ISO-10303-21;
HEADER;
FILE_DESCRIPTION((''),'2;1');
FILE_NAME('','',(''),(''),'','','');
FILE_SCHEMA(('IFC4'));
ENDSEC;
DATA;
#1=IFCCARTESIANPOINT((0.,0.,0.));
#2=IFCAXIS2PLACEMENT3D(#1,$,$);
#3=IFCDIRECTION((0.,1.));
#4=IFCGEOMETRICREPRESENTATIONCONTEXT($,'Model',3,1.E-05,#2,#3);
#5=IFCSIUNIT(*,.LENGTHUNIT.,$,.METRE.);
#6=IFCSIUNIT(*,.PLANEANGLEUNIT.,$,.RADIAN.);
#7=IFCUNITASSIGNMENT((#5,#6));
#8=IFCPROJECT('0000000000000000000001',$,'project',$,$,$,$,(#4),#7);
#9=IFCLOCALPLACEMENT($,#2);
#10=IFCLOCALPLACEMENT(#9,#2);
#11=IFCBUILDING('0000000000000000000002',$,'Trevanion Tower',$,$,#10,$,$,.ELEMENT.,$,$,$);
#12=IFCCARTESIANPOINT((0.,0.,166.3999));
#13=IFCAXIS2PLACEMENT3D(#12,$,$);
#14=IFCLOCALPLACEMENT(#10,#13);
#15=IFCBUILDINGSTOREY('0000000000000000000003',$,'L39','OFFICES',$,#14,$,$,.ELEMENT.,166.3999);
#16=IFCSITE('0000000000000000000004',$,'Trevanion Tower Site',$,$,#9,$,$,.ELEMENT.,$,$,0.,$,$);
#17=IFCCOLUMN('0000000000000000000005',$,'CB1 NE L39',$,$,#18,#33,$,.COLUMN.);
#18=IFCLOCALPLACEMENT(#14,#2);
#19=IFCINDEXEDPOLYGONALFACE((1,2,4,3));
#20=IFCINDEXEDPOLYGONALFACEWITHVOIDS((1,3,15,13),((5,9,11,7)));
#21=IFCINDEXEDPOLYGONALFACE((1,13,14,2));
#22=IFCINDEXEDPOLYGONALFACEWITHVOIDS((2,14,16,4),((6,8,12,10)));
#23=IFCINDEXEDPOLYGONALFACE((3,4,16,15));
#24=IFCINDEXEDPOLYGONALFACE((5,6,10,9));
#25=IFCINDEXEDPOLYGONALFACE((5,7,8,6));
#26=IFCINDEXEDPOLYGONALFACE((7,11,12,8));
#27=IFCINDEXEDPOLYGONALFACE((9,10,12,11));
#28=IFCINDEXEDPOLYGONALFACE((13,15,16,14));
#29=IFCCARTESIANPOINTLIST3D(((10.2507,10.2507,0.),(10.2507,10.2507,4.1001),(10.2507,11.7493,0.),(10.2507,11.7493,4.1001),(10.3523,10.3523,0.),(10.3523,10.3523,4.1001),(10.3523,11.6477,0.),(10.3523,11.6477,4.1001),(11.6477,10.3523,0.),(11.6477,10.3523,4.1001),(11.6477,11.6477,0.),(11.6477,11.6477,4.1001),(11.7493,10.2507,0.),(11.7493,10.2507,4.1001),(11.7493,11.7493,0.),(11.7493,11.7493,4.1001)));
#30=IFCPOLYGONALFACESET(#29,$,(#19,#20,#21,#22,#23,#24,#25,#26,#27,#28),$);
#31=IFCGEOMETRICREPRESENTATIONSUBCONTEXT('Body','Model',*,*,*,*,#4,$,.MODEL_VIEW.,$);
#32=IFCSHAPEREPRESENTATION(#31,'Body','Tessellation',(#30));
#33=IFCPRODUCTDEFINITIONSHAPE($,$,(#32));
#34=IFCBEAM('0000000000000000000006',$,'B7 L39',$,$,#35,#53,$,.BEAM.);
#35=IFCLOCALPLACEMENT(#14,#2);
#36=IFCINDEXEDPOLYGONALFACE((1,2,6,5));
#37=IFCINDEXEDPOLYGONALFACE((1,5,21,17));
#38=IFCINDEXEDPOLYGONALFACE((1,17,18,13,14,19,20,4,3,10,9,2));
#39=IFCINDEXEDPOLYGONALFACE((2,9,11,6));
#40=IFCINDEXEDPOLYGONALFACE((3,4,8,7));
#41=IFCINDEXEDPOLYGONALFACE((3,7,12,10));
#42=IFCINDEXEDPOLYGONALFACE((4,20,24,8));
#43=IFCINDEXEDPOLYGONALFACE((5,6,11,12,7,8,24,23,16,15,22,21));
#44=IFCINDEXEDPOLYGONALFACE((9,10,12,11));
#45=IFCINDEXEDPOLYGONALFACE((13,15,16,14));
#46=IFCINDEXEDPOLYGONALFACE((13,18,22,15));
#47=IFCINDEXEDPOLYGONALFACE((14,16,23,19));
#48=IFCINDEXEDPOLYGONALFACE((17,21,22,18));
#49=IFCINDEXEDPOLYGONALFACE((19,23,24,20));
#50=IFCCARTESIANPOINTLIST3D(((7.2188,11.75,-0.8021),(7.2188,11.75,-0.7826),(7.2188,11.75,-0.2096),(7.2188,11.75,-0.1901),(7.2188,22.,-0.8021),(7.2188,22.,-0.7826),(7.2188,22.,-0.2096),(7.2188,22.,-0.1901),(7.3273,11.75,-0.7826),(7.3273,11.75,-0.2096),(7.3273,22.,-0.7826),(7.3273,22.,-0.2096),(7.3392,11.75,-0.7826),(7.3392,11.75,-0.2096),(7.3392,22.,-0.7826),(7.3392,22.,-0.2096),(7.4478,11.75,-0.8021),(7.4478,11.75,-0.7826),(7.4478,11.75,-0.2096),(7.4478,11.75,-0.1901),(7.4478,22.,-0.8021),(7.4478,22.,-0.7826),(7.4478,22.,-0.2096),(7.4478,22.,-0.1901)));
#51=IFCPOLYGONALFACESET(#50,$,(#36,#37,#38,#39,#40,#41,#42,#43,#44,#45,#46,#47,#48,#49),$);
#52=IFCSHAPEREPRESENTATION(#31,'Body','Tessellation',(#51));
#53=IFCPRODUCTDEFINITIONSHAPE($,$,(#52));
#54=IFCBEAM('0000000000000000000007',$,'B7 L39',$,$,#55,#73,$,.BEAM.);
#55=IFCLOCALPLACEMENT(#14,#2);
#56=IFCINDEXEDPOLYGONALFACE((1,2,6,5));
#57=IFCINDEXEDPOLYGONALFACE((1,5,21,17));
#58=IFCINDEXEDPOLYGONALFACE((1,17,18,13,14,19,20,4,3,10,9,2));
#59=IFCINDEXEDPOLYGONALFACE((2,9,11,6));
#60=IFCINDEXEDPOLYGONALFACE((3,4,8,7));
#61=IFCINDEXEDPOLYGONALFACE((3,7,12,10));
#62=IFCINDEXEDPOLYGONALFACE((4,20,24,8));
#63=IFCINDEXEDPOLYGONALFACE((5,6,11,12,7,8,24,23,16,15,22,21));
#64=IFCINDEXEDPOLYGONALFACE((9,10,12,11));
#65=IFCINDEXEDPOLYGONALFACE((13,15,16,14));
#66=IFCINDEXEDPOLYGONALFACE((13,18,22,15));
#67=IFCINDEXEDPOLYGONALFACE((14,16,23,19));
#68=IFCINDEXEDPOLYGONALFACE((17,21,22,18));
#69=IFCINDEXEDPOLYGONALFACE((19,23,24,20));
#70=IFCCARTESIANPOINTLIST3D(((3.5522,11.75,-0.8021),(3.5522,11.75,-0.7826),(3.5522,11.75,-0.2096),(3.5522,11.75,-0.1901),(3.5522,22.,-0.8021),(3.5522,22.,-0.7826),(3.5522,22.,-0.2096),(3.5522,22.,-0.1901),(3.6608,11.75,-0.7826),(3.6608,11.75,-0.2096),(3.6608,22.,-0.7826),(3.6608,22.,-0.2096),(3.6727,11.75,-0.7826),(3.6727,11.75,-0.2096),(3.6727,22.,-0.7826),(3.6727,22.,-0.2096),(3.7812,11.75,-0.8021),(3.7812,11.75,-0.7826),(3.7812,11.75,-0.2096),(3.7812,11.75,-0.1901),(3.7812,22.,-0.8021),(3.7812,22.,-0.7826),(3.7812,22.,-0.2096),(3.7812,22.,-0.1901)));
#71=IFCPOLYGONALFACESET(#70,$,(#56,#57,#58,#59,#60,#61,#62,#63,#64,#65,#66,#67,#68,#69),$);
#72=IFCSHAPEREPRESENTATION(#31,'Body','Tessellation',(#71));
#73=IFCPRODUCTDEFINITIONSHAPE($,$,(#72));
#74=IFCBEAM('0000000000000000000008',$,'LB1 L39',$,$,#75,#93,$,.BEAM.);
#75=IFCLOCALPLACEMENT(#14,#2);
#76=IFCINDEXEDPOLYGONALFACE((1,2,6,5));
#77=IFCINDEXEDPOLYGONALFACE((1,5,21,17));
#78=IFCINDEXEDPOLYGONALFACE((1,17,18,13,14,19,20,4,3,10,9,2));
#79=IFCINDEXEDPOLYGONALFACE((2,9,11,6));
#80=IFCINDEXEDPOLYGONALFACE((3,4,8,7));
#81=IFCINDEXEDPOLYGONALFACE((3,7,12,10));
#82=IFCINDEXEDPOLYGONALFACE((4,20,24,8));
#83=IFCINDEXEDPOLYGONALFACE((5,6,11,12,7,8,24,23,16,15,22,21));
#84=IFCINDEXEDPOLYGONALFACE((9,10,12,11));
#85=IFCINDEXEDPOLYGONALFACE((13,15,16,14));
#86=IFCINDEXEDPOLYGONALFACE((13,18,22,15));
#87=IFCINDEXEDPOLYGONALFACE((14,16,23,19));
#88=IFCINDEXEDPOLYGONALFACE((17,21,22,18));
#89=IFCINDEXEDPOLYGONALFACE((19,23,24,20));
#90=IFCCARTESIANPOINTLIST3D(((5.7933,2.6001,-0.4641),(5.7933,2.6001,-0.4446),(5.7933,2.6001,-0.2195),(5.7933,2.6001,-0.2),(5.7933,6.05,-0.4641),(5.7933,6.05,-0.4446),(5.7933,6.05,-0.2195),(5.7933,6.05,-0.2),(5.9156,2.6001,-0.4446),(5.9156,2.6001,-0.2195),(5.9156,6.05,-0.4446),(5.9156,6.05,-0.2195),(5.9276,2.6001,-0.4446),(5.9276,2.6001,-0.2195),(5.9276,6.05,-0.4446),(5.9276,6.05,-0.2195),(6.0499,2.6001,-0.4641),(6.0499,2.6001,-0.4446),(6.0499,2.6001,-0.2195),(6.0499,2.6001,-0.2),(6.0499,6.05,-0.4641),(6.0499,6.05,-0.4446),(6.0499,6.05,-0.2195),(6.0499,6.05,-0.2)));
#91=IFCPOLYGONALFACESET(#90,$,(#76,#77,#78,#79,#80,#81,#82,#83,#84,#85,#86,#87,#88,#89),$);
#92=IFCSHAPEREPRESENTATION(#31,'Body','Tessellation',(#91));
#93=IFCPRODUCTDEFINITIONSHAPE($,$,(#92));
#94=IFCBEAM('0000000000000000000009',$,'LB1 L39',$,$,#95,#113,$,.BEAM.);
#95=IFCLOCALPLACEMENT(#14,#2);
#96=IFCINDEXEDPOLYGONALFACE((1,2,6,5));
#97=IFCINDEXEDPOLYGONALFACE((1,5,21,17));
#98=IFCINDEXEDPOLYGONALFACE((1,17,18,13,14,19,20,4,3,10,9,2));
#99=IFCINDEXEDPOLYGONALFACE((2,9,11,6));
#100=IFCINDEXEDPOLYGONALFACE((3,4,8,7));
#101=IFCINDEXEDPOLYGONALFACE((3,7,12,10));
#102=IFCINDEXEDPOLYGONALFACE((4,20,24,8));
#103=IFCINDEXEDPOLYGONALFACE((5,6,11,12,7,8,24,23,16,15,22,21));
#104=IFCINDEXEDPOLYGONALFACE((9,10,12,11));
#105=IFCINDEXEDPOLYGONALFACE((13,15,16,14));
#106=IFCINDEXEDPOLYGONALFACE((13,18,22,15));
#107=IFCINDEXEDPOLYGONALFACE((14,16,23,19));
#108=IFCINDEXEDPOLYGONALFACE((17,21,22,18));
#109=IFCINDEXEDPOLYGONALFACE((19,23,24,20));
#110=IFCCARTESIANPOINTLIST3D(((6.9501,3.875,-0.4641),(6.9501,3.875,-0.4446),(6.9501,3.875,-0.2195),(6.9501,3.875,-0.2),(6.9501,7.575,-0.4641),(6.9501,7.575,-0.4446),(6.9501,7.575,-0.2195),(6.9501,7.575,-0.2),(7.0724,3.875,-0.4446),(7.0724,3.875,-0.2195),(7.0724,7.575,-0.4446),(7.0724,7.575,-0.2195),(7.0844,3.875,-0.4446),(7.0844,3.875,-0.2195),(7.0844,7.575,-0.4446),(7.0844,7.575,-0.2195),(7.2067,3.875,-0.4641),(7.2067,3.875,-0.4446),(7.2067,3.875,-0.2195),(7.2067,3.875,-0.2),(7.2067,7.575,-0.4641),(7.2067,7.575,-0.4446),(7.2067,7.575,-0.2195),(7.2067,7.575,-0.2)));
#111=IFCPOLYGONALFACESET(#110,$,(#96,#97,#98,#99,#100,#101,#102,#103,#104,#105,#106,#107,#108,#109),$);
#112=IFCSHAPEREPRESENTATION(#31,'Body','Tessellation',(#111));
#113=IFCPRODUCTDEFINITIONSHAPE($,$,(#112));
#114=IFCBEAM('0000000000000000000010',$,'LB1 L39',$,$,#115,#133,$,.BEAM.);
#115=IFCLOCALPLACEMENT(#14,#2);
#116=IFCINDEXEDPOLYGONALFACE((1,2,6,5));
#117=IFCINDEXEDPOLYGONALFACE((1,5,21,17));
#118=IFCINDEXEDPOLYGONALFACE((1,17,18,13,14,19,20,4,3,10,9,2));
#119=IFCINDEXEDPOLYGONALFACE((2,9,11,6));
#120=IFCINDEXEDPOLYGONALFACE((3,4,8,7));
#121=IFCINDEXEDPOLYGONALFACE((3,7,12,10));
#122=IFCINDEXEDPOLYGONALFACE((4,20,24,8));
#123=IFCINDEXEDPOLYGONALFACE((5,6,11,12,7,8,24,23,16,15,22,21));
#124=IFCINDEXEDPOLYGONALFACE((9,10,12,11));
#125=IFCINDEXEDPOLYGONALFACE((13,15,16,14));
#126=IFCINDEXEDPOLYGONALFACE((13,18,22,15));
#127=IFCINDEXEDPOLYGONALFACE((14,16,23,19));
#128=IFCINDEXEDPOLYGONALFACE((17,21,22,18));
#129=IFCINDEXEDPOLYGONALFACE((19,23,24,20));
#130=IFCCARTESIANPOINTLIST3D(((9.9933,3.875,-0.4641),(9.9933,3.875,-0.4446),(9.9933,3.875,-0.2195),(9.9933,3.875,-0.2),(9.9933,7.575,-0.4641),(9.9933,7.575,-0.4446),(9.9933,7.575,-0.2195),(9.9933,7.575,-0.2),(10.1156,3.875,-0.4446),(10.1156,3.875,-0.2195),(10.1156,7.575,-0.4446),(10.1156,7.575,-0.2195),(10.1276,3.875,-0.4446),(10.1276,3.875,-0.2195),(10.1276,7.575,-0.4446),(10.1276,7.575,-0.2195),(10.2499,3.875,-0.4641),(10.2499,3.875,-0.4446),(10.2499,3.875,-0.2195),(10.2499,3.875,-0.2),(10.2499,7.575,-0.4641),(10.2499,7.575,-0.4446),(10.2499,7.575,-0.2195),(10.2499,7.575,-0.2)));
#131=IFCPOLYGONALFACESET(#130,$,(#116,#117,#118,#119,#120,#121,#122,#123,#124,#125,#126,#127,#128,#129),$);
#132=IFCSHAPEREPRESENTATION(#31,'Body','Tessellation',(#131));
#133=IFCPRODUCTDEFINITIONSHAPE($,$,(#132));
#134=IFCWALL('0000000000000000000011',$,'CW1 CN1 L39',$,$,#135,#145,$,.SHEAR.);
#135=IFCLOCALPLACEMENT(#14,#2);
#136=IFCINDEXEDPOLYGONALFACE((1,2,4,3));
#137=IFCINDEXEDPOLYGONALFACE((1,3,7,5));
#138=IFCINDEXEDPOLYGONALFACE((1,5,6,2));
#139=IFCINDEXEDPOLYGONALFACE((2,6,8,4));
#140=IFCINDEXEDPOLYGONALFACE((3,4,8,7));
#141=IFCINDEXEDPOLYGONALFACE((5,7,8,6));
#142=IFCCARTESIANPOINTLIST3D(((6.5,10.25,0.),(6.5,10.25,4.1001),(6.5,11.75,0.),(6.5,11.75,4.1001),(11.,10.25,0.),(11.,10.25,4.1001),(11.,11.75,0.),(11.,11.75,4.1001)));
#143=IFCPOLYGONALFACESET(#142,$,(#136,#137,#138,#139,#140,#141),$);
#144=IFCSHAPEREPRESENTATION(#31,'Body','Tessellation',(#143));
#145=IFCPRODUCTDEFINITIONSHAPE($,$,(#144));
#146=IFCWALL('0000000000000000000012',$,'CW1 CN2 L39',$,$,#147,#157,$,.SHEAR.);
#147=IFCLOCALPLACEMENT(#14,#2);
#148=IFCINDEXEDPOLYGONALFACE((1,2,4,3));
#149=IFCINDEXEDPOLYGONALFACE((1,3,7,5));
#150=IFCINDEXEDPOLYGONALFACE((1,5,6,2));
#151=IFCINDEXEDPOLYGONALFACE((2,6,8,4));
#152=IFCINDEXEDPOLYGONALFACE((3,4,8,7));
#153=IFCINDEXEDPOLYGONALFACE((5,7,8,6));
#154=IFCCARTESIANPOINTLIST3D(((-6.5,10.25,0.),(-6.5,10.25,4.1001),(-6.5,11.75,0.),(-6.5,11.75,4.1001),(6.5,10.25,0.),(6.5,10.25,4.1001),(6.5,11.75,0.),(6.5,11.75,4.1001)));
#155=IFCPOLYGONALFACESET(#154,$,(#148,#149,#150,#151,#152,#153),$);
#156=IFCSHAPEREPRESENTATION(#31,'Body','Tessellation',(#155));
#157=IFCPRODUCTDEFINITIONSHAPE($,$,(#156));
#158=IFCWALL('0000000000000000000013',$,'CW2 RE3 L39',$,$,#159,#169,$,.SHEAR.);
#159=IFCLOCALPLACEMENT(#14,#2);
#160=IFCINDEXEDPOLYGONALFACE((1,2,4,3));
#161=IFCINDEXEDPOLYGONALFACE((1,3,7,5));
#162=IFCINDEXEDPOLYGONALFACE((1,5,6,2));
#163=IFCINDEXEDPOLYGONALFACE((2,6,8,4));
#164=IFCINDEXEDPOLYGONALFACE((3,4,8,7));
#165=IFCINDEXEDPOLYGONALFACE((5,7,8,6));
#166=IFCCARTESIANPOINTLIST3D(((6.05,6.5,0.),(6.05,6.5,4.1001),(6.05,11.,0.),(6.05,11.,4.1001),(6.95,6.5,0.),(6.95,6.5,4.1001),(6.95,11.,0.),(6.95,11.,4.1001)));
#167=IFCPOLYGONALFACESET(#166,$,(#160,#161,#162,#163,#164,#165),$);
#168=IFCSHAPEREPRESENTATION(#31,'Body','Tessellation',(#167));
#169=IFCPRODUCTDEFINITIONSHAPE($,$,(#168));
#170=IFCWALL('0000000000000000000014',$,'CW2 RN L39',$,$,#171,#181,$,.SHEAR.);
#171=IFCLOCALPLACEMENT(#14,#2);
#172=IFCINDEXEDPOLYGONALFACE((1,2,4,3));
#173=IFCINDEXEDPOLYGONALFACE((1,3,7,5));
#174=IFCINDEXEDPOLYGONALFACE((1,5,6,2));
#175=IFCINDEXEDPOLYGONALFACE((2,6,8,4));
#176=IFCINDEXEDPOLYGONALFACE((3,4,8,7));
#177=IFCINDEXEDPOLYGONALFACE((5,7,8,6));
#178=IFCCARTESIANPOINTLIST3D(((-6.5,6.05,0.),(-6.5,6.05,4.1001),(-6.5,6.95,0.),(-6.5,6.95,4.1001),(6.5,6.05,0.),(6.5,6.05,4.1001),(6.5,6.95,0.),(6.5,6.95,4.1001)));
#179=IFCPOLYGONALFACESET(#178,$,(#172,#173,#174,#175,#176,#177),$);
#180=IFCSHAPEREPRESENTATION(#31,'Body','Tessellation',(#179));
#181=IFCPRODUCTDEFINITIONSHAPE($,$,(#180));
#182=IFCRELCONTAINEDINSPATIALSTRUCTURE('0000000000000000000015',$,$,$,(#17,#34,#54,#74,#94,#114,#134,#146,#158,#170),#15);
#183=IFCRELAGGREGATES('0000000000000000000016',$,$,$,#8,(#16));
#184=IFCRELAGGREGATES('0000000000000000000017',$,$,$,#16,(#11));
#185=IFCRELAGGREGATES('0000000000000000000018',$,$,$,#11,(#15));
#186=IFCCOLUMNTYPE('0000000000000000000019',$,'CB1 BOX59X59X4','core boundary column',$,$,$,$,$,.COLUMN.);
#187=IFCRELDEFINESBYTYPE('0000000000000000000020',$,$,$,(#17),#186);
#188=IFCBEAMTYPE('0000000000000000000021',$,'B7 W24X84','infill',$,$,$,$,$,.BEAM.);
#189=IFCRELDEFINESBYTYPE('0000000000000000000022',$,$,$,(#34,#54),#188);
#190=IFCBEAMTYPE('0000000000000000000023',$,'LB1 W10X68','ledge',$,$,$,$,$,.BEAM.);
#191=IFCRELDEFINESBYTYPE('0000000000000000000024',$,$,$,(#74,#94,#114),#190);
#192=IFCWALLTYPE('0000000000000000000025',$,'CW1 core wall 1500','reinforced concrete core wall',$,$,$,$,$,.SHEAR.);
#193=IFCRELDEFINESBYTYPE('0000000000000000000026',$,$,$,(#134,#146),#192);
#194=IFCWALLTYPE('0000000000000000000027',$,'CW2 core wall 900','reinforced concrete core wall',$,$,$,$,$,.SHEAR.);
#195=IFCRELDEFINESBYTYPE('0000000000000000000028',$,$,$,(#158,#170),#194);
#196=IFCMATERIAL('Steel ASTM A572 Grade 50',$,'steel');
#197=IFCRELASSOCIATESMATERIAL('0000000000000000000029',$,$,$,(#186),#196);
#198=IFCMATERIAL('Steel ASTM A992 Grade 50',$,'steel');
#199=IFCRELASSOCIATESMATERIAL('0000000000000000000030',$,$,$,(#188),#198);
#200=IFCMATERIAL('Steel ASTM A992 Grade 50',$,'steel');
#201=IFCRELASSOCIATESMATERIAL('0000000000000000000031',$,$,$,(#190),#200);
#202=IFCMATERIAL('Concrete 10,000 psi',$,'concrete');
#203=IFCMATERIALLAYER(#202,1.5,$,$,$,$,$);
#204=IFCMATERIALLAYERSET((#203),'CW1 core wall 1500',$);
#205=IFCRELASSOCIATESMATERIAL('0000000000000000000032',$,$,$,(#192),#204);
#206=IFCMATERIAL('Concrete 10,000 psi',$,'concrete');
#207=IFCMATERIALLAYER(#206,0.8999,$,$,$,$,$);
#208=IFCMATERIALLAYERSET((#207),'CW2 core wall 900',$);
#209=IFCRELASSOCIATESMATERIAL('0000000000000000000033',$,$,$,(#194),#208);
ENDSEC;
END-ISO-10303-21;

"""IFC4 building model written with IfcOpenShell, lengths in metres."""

from ifc_helpers import new_model, si_unit, direction, frame, frame_2d, origin, origin_2d, place, context, subcontext, project, spatial, rectangle, hollow_rectangle, i_section, extrude, material, layer, layer_set, material_profile, profile_set, type_object, element, save


model = new_model("IFC4")

# Units and contexts
model_context = context("Model", 3, precision=1e-05, world=origin(), true_north=direction((0.0, 1.0)))
body_context = subcontext(model_context, "Body", "Model", "MODEL_VIEW")
ifc_project = project(units=[si_unit("LENGTHUNIT", "METRE"), si_unit("PLANEANGLEUNIT", "RADIAN")], contexts=[model_context])

# Site, building, storey
site_placement = place(None, origin())
site = spatial("IfcSite", under=ifc_project, at=site_placement, Name="Trevanion Tower Site", CompositionType="ELEMENT", RefElevation=0.0)
building_placement = place(site_placement, origin())
building = spatial("IfcBuilding", under=site, at=building_placement, Name="Trevanion Tower", CompositionType="ELEMENT")
storey_placement = place(building_placement, frame((0.0, 0.0, 166.3999)))
storey = spatial("IfcBuildingStorey", under=building, at=storey_placement, Name="L39", Description="OFFICES", CompositionType="ELEMENT", Elevation=166.3999)

# Column
ifc_material_1 = material(Name="Steel ASTM A572 Grade 50", Category="steel")
ifc_material_profile_1 = material_profile(ifc_material_1, hollow_rectangle(XDim=1.4985, YDim=1.4985, WallThickness=0.1016, at=origin_2d()), Name="BOX59X59X4")
ifc_profile_set_1 = profile_set([ifc_material_profile_1], Name="Steel ASTM A572 Grade 50")
column_type = type_object("IfcColumnType", Name="CB1 BOX59X59X4", Description="core boundary column", PredefinedType="COLUMN", material=ifc_profile_set_1)
column_placement = place(storey_placement, frame((11.0, 11.0, 0.0), z_axis=(0.0, 0.0, 1.0), x_axis=(1.0, 0.0, 0.0)))
element("IfcColumn", 1, at=column_placement, inside=storey, type_object=column_type, Name="CB1 NE L39", PredefinedType="COLUMN", context=body_context, shape_type="SweptSolid", body=[
    extrude(hollow_rectangle(XDim=1.4985, YDim=1.4985, WallThickness=0.1016, at=origin_2d()), origin(), (0.0, 0.0, 1.0), 4.1001),
])

# Beams
ifc_material_2 = material(Name="Steel ASTM A992 Grade 50", Category="steel")
ifc_material_profile_2 = material_profile(ifc_material_2, i_section(OverallWidth=0.229, OverallDepth=0.6121, WebThickness=0.012, FlangeThickness=0.0195, at=origin_2d()), Name="W24X84")
ifc_profile_set_2 = profile_set([ifc_material_profile_2], Name="Steel ASTM A992 Grade 50")
beam_type_1 = type_object("IfcBeamType", Name="B7 W24X84", Description="infill", PredefinedType="BEAM", material=ifc_profile_set_2)
for number, where, z_axis, x_axis, name in (
    (2, (7.3333, 11.75, -0.4961), (0.0, 1.0, 0.0), (-1.0, 0.0, 0.0), "B7 L39"),
    (3, (3.6667, 11.75, -0.4961), (0.0, 1.0, 0.0), (-1.0, 0.0, 0.0), "B7 L39"),
):
    element("IfcBeam", number, at=place(storey_placement, frame(where, z_axis=z_axis, x_axis=x_axis)), inside=storey, type_object=beam_type_1, Name=name, PredefinedType="BEAM", context=body_context, shape_type="SweptSolid", body=[
        extrude(i_section(OverallWidth=0.229, OverallDepth=0.6121, WebThickness=0.012, FlangeThickness=0.0195, at=origin_2d()), origin(), (0.0, 0.0, 1.0), 10.25),
    ])
ifc_material_3 = material(Name="Steel ASTM A992 Grade 50", Category="steel")
ifc_material_profile_3 = material_profile(ifc_material_3, i_section(OverallWidth=0.2566, OverallDepth=0.2642, WebThickness=0.012, FlangeThickness=0.0195, at=origin_2d()), Name="W10X68")
ifc_profile_set_3 = profile_set([ifc_material_profile_3], Name="Steel ASTM A992 Grade 50")
beam_type_2 = type_object("IfcBeamType", Name="LB1 W10X68", Description="ledge", PredefinedType="BEAM", material=ifc_profile_set_3)
beam_placement = place(storey_placement, frame((5.9216, 2.6001, -0.332), z_axis=(0.0, 1.0, 0.0), x_axis=(-1.0, 0.0, 0.0)))
element("IfcBeam", 4, at=beam_placement, inside=storey, type_object=beam_type_2, Name="LB1 L39", PredefinedType="BEAM", context=body_context, shape_type="SweptSolid", body=[
    extrude(i_section(OverallWidth=0.2566, OverallDepth=0.2642, WebThickness=0.012, FlangeThickness=0.0195, at=origin_2d()), origin(), (0.0, 0.0, 1.0), 3.45),
])
for number, where, z_axis, x_axis, name in (
    (5, (7.0784, 3.875, -0.332), (0.0, 1.0, 0.0), (-1.0, 0.0, 0.0), "LB1 L39"),
    (6, (10.1216, 3.875, -0.332), (0.0, 1.0, 0.0), (-1.0, 0.0, 0.0), "LB1 L39"),
):
    element("IfcBeam", number, at=place(storey_placement, frame(where, z_axis=z_axis, x_axis=x_axis)), inside=storey, type_object=beam_type_2, Name=name, PredefinedType="BEAM", context=body_context, shape_type="SweptSolid", body=[
        extrude(i_section(OverallWidth=0.2566, OverallDepth=0.2642, WebThickness=0.012, FlangeThickness=0.0195, at=origin_2d()), origin(), (0.0, 0.0, 1.0), 3.7),
    ])

# Walls
ifc_material_4 = material(Name="Concrete 10,000 psi", Category="concrete")
ifc_layer_1 = layer(ifc_material_4, 1.5)
ifc_layer_set_1 = layer_set([ifc_layer_1], Name="CW1 core wall 1500")
wall_type_1 = type_object("IfcWallType", Name="CW1 core wall 1500", Description="reinforced concrete core wall", PredefinedType="SHEAR", material=ifc_layer_set_1)
wall_1_placement = place(storey_placement, frame((11.0, 11.0, 0.0), z_axis=(0.0, 0.0, 1.0), x_axis=(-1.0, 0.0, 0.0)))
element("IfcWall", 7, at=wall_1_placement, inside=storey, type_object=wall_type_1, Name="CW1 CN1 L39", PredefinedType="SHEAR", context=body_context, shape_type="SweptSolid", body=[
    extrude(rectangle(XDim=4.5, YDim=1.5, at=frame_2d((2.25, 0.0))), origin(), (0.0, 0.0, 1.0), 4.1001),
])
wall_2_placement = place(storey_placement, frame((6.5, 11.0, 0.0), z_axis=(0.0, 0.0, 1.0), x_axis=(-1.0, 0.0, 0.0)))
element("IfcWall", 8, at=wall_2_placement, inside=storey, type_object=wall_type_1, Name="CW1 CN2 L39", PredefinedType="SHEAR", context=body_context, shape_type="SweptSolid", body=[
    extrude(rectangle(XDim=13.0, YDim=1.5, at=frame_2d((6.5, 0.0))), origin(), (0.0, 0.0, 1.0), 4.1001),
])
ifc_material_5 = material(Name="Concrete 10,000 psi", Category="concrete")
ifc_layer_2 = layer(ifc_material_5, 0.8999)
ifc_layer_set_2 = layer_set([ifc_layer_2], Name="CW2 core wall 900")
wall_type_2 = type_object("IfcWallType", Name="CW2 core wall 900", Description="reinforced concrete core wall", PredefinedType="SHEAR", material=ifc_layer_set_2)
wall_3_placement = place(storey_placement, frame((6.5, 6.5, 0.0), z_axis=(0.0, 0.0, 1.0), x_axis=(0.0, 1.0, 0.0)))
element("IfcWall", 9, at=wall_3_placement, inside=storey, type_object=wall_type_2, Name="CW2 RE3 L39", PredefinedType="SHEAR", context=body_context, shape_type="SweptSolid", body=[
    extrude(rectangle(XDim=4.5, YDim=0.8999, at=frame_2d((2.25, 0.0))), origin(), (0.0, 0.0, 1.0), 4.1001),
])
wall_4_placement = place(storey_placement, frame((6.5, 6.5, 0.0), z_axis=(0.0, 0.0, 1.0), x_axis=(-1.0, 0.0, 0.0)))
element("IfcWall", 10, at=wall_4_placement, inside=storey, type_object=wall_type_2, Name="CW2 RN L39", PredefinedType="SHEAR", context=body_context, shape_type="SweptSolid", body=[
    extrude(rectangle(XDim=13.0, YDim=0.8999, at=frame_2d((6.5, 0.0))), origin(), (0.0, 0.0, 1.0), 4.1001),
])

save(model, "model.ifc")
